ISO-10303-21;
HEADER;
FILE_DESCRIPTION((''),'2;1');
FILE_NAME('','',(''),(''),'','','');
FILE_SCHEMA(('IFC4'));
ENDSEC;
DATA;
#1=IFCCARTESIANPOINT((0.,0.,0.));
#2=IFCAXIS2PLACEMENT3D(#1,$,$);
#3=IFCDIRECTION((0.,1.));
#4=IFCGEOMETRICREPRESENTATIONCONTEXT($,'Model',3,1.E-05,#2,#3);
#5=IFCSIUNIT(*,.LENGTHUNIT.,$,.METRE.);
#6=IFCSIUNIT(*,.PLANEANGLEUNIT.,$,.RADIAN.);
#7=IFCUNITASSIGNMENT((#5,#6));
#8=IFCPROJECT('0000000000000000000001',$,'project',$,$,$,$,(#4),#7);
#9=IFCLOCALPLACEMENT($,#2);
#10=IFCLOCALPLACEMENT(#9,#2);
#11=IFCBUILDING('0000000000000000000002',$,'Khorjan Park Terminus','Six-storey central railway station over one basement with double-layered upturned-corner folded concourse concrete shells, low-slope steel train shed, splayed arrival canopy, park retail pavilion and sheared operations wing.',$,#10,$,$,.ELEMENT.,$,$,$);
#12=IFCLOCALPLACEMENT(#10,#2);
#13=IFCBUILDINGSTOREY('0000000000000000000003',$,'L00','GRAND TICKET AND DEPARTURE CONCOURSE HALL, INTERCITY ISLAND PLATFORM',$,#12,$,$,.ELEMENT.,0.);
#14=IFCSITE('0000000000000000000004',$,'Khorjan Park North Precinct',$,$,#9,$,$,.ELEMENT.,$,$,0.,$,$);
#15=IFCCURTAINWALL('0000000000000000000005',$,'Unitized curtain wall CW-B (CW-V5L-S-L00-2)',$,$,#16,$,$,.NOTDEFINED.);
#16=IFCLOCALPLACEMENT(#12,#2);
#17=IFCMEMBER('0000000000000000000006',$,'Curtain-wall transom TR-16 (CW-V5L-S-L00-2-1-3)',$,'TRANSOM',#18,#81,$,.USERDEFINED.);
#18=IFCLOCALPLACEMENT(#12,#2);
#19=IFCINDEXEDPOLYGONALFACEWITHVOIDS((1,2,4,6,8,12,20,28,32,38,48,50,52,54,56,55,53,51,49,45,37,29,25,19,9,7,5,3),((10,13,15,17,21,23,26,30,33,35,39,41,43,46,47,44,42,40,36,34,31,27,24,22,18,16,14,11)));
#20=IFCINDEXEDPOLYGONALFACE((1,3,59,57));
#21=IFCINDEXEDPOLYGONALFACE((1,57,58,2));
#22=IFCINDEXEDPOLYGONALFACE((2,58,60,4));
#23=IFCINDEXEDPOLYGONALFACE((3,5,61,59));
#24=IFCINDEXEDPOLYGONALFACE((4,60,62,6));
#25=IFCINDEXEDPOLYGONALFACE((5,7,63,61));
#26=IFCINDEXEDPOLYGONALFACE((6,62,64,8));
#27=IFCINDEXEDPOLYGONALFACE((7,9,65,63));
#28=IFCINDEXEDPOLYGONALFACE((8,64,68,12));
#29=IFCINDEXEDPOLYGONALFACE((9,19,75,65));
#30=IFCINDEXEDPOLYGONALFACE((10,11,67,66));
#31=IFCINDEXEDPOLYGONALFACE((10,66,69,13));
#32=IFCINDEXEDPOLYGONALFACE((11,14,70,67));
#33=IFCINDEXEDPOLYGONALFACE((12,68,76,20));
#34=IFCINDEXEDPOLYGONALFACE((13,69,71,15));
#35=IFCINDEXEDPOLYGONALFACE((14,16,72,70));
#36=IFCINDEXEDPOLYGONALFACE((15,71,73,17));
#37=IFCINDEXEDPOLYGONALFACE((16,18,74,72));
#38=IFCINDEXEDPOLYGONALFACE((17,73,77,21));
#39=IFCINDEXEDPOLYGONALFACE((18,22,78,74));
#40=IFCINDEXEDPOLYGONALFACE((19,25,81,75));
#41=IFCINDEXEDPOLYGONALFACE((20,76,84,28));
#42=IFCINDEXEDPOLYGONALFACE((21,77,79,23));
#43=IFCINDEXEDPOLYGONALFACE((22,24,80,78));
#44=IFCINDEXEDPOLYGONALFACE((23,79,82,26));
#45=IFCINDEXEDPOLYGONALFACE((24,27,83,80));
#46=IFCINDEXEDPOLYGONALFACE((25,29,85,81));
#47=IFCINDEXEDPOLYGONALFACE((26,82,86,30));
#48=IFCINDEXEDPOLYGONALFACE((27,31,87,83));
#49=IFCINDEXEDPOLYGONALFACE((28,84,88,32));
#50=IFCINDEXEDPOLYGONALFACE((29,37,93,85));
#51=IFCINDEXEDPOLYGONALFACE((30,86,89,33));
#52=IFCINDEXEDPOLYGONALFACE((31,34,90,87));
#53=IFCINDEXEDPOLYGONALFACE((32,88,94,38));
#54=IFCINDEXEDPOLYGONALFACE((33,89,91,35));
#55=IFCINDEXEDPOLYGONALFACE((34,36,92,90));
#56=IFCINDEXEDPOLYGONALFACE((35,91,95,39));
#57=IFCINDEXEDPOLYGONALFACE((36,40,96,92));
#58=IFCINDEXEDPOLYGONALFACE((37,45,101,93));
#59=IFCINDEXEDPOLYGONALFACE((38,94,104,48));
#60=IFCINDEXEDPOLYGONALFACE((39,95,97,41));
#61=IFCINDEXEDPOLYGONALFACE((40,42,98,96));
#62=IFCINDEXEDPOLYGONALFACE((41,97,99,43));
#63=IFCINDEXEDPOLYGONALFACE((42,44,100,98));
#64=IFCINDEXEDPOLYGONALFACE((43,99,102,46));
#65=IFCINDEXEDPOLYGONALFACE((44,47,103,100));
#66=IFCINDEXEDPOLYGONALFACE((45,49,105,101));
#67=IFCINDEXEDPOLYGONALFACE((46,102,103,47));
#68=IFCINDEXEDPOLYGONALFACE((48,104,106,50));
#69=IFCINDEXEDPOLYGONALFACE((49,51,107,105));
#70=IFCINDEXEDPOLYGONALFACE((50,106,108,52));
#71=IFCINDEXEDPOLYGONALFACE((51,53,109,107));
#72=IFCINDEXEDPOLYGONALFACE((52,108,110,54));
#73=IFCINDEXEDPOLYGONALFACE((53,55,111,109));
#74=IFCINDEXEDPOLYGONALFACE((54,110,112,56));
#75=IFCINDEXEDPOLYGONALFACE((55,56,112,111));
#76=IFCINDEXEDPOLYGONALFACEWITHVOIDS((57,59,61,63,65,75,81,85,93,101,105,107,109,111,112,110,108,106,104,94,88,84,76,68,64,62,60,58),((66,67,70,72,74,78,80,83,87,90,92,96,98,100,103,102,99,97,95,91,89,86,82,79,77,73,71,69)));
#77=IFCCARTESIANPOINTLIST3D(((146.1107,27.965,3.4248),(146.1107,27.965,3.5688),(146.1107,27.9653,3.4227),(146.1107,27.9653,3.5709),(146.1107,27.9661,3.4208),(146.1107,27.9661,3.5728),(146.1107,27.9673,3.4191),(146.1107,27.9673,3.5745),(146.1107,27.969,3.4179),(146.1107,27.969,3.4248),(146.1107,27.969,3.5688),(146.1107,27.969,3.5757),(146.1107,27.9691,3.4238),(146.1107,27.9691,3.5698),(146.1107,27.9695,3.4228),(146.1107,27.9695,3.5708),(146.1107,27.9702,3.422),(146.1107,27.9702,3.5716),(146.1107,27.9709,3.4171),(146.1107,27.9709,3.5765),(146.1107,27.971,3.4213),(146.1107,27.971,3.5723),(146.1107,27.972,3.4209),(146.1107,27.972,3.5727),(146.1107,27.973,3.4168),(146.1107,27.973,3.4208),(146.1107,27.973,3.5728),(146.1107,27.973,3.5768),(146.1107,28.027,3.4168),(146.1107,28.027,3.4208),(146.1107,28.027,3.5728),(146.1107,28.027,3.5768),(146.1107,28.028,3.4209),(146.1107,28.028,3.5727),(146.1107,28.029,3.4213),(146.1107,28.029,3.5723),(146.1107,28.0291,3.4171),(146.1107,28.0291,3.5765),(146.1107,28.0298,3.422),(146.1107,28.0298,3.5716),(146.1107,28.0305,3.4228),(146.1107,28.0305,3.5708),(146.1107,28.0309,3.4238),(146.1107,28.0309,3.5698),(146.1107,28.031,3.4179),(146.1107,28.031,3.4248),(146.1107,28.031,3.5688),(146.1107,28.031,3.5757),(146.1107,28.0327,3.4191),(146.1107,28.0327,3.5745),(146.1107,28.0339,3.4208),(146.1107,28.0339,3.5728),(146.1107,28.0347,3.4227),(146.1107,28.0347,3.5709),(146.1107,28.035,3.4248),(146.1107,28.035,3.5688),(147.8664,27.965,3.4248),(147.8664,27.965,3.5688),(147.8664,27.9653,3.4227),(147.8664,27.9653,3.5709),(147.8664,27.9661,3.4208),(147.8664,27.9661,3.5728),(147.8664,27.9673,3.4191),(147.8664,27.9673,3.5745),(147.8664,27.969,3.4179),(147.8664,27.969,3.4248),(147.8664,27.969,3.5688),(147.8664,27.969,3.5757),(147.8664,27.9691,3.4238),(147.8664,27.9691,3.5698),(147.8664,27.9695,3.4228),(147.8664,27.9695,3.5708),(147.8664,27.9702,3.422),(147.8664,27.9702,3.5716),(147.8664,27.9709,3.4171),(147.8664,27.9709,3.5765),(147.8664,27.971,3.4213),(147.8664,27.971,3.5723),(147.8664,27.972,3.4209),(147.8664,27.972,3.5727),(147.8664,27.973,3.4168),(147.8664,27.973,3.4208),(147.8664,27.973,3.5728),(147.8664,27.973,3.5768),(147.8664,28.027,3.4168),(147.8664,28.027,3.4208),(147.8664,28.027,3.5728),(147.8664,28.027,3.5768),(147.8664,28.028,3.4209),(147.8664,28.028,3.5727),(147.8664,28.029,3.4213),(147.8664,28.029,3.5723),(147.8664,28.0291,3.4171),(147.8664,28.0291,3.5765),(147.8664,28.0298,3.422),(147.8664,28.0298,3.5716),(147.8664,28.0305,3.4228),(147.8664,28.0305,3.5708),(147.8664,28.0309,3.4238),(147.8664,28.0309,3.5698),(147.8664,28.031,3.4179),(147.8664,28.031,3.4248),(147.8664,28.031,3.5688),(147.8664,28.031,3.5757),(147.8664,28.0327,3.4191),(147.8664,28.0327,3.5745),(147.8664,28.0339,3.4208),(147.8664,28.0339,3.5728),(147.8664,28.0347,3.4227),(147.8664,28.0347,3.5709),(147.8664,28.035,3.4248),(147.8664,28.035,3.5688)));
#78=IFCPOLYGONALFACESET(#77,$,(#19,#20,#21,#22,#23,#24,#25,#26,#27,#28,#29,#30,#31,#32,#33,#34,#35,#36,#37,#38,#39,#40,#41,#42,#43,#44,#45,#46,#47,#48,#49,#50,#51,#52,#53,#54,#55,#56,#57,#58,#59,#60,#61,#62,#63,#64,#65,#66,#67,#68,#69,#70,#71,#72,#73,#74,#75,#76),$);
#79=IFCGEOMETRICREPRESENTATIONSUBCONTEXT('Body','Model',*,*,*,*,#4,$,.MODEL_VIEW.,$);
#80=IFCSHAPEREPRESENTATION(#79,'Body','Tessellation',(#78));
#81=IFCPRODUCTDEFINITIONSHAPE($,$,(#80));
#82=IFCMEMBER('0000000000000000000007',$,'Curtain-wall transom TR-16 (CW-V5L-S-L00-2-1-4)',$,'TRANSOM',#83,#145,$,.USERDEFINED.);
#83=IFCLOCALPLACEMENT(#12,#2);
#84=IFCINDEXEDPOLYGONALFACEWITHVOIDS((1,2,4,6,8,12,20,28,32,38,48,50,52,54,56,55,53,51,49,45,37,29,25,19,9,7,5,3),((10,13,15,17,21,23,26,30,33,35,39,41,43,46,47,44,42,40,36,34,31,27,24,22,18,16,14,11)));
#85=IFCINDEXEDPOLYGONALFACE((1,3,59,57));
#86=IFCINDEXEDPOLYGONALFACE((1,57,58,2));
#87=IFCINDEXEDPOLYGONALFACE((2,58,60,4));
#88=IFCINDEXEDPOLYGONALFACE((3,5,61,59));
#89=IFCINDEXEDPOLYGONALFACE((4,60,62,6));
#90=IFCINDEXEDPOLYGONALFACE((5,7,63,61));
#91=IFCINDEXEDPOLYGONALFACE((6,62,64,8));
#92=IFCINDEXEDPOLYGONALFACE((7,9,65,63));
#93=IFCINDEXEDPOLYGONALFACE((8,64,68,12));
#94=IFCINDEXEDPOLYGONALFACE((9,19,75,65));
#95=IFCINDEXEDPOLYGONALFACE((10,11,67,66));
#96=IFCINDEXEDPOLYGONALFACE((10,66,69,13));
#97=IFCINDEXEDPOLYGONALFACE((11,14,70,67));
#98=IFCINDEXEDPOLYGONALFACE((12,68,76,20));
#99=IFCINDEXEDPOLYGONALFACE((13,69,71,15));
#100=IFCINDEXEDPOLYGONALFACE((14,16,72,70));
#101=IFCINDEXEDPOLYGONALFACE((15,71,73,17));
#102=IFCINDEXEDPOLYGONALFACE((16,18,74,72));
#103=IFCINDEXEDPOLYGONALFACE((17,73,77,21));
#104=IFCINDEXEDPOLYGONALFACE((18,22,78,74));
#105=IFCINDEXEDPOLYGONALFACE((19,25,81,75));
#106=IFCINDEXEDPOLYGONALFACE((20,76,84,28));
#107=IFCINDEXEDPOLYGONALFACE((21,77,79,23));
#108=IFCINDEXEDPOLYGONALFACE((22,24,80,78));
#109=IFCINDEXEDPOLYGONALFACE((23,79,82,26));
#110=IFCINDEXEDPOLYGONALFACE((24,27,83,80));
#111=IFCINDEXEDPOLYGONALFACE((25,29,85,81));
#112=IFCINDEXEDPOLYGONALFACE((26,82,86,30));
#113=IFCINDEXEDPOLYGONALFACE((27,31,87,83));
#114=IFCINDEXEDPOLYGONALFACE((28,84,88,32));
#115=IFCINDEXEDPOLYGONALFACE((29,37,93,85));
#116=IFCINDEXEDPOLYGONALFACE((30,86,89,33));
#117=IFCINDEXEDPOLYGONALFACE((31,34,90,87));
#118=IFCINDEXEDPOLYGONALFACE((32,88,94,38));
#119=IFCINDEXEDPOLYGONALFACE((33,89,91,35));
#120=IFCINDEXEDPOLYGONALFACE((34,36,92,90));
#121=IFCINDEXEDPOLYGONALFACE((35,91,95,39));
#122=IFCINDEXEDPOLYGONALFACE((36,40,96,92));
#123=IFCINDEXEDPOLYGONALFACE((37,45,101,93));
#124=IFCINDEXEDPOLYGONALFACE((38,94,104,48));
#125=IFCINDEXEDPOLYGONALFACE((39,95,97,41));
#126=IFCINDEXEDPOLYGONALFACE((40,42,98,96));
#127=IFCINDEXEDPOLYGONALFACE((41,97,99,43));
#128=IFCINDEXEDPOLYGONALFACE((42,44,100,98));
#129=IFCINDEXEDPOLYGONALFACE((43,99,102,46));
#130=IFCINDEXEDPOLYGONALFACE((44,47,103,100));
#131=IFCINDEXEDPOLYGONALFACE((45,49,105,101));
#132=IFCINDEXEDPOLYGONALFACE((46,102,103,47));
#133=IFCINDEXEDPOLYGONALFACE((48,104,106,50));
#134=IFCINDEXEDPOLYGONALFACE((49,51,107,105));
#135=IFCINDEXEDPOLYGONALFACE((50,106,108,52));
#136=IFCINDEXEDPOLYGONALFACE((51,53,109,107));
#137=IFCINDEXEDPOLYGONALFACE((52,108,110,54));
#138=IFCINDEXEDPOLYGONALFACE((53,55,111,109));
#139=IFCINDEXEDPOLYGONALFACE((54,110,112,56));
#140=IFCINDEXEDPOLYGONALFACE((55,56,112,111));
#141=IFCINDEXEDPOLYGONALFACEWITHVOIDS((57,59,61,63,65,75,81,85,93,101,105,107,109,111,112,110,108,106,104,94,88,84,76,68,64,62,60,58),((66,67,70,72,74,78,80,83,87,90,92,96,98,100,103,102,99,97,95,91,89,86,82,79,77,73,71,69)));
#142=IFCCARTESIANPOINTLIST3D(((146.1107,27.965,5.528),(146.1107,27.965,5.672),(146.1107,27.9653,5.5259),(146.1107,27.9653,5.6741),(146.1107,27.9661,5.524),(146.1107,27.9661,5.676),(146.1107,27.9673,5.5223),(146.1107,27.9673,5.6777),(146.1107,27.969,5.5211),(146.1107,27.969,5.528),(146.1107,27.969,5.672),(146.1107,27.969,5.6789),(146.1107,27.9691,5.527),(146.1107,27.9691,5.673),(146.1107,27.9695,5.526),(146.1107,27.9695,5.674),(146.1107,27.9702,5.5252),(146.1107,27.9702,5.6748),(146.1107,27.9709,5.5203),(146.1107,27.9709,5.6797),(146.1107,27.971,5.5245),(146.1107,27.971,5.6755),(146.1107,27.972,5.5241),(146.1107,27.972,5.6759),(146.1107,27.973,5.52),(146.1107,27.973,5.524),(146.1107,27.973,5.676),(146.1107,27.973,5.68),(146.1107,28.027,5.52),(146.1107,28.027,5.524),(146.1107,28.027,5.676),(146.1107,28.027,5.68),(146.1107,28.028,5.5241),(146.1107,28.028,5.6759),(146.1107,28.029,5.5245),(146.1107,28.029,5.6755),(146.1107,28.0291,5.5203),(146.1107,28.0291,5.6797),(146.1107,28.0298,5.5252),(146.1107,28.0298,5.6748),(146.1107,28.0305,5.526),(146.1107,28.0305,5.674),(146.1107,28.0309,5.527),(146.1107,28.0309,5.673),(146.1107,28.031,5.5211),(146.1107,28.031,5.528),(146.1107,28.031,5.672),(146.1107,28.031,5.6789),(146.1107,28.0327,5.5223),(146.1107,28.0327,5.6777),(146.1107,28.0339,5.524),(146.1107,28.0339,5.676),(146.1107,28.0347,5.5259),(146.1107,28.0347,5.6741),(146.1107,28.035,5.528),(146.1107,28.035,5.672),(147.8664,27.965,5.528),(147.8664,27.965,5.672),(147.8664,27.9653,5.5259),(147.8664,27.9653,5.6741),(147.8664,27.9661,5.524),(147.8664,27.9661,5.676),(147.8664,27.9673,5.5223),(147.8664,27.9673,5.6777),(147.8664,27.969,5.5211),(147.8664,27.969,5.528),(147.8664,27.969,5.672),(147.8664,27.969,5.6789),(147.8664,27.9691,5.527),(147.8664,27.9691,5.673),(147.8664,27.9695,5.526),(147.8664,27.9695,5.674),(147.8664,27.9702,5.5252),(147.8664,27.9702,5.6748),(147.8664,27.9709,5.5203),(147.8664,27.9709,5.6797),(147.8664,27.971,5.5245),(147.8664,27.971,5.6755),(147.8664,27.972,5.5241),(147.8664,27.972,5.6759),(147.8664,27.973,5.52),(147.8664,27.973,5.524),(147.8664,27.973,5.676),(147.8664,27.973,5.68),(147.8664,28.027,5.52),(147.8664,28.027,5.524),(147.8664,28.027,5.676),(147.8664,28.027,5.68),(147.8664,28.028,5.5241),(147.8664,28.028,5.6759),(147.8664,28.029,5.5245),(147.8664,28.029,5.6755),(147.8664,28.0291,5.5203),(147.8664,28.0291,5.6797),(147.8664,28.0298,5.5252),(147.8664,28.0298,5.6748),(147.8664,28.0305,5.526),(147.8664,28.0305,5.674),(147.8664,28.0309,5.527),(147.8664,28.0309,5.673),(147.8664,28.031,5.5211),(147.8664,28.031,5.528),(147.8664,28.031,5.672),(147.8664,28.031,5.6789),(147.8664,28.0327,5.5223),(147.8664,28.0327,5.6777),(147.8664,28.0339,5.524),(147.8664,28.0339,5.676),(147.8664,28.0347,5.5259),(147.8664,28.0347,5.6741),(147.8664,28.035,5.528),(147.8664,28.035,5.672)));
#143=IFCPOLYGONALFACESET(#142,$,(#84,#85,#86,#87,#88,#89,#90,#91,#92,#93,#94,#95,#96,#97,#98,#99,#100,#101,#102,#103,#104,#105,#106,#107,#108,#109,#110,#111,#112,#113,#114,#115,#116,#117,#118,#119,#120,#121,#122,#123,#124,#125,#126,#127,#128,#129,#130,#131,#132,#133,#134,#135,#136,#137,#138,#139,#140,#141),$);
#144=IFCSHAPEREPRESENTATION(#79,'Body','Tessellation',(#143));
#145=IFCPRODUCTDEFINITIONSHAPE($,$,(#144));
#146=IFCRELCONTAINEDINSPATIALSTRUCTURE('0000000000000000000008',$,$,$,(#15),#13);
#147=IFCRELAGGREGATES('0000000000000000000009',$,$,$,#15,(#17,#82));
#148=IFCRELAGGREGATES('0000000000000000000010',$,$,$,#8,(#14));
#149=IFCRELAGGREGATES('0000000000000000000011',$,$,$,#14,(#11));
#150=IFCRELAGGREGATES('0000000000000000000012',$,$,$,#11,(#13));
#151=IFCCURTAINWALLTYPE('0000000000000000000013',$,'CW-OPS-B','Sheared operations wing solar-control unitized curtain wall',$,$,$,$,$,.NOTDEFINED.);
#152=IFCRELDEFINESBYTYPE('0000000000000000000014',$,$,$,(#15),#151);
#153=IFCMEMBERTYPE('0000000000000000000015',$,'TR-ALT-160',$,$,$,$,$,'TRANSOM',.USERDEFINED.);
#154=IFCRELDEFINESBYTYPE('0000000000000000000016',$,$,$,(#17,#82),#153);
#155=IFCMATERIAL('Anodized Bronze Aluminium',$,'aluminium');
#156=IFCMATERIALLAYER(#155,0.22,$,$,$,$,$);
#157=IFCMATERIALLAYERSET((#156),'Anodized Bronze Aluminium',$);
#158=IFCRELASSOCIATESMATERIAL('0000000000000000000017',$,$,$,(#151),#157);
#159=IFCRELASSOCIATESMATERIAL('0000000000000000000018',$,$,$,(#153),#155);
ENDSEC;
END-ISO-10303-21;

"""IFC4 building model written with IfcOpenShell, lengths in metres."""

from ifc_helpers import new_model, si_unit, direction, frame, origin, origin_2d, place, context, subcontext, project, spatial, hollow_rectangle, extrude, material, layer, layer_set, material_profile, profile_set, type_object, element, aggregate, save


model = new_model("IFC4")

# Units and contexts
model_context = context("Model", 3, precision=1e-05, world=origin(), true_north=direction((0.0, 1.0)))
body_context = subcontext(model_context, "Body", "Model", "MODEL_VIEW")
ifc_project = project(units=[si_unit("LENGTHUNIT", "METRE"), si_unit("PLANEANGLEUNIT", "RADIAN")], contexts=[model_context])

# Site, building, storey
site_placement = place(None, origin())
site = spatial("IfcSite", under=ifc_project, at=site_placement, Name="Khorjan Park North Precinct", CompositionType="ELEMENT", RefElevation=0.0)
building_placement = place(site_placement, origin())
building = spatial("IfcBuilding", under=site, at=building_placement, Name="Khorjan Park Terminus", Description="Six-storey central railway station over one basement with double-layered upturned-corner folded concourse concrete shells, low-slope steel train shed, splayed arrival canopy, park retail pavilion and sheared operations wing.", CompositionType="ELEMENT")
storey_placement = place(building_placement, origin())
storey = spatial("IfcBuildingStorey", under=building, at=storey_placement, Name="L00", Description="GRAND TICKET AND DEPARTURE CONCOURSE HALL, INTERCITY ISLAND PLATFORM", CompositionType="ELEMENT", Elevation=0.0)

# Shared definitions
ifc_material_1 = material(Name="Anodized Bronze Aluminium", Category="aluminium")
ifc_layer_1 = layer(ifc_material_1, 0.22)
ifc_layer_set_1 = layer_set([ifc_layer_1], Name="Anodized Bronze Aluminium")
curtain_wall_type = type_object("IfcCurtainWallType", Name="CW-OPS-B", Description="Sheared operations wing solar-control unitized curtain wall", PredefinedType="NOTDEFINED", material=ifc_layer_set_1)

# Curtain wall, members
curtain_wall_1_placement = place(storey_placement, origin())
curtain_wall_1 = element("IfcCurtainWall", 1, at=curtain_wall_1_placement, inside=storey, type_object=curtain_wall_type, Name="Unitized curtain wall CW-B (CW-V5L-S-L00-2)", PredefinedType="NOTDEFINED")
ifc_material_profile_1 = material_profile(ifc_material_1, hollow_rectangle(XDim=0.07, YDim=0.16, WallThickness=0.004, InnerFilletRadius=0.004, OuterFilletRadius=0.008, at=origin_2d()), Name="ALT 70x160x4")
ifc_profile_set_1 = profile_set([ifc_material_profile_1], Name="Anodized Bronze Aluminium")
member_type_1 = type_object("IfcMemberType", Name="TR-ALT-160", ElementType="TRANSOM", PredefinedType="USERDEFINED", material=ifc_profile_set_1)
member_1_placement = place(storey_placement, frame((146.1107, 28.0, 3.4968), z_axis=(1.0, 0.0, 0.0), x_axis=(0.0, 1.0, 0.0)))
member_1 = element("IfcMember", 2, at=member_1_placement, type_object=member_type_1, Name="Curtain-wall transom TR-16 (CW-V5L-S-L00-2-1-3)", ObjectType="TRANSOM", PredefinedType="USERDEFINED", context=body_context, shape_type="SweptSolid", body=[
    extrude(hollow_rectangle(XDim=0.07, YDim=0.16, WallThickness=0.004, InnerFilletRadius=0.004, OuterFilletRadius=0.008, at=origin_2d()), origin(), (0.0, 0.0, 1.0), 1.7557),
])
member_2_placement = place(storey_placement, frame((146.1107, 28.0, 5.6), z_axis=(1.0, 0.0, 0.0), x_axis=(0.0, 1.0, 0.0)))
member_2 = element("IfcMember", 3, at=member_2_placement, type_object=member_type_1, Name="Curtain-wall transom TR-16 (CW-V5L-S-L00-2-1-4)", ObjectType="TRANSOM", PredefinedType="USERDEFINED", context=body_context, shape_type="SweptSolid", body=[
    extrude(hollow_rectangle(XDim=0.07, YDim=0.16, WallThickness=0.004, InnerFilletRadius=0.004, OuterFilletRadius=0.008, at=origin_2d()), origin(), (0.0, 0.0, 1.0), 1.7557),
])

aggregate(curtain_wall_1, [member_1, member_2])

save(model, "model.ifc")
